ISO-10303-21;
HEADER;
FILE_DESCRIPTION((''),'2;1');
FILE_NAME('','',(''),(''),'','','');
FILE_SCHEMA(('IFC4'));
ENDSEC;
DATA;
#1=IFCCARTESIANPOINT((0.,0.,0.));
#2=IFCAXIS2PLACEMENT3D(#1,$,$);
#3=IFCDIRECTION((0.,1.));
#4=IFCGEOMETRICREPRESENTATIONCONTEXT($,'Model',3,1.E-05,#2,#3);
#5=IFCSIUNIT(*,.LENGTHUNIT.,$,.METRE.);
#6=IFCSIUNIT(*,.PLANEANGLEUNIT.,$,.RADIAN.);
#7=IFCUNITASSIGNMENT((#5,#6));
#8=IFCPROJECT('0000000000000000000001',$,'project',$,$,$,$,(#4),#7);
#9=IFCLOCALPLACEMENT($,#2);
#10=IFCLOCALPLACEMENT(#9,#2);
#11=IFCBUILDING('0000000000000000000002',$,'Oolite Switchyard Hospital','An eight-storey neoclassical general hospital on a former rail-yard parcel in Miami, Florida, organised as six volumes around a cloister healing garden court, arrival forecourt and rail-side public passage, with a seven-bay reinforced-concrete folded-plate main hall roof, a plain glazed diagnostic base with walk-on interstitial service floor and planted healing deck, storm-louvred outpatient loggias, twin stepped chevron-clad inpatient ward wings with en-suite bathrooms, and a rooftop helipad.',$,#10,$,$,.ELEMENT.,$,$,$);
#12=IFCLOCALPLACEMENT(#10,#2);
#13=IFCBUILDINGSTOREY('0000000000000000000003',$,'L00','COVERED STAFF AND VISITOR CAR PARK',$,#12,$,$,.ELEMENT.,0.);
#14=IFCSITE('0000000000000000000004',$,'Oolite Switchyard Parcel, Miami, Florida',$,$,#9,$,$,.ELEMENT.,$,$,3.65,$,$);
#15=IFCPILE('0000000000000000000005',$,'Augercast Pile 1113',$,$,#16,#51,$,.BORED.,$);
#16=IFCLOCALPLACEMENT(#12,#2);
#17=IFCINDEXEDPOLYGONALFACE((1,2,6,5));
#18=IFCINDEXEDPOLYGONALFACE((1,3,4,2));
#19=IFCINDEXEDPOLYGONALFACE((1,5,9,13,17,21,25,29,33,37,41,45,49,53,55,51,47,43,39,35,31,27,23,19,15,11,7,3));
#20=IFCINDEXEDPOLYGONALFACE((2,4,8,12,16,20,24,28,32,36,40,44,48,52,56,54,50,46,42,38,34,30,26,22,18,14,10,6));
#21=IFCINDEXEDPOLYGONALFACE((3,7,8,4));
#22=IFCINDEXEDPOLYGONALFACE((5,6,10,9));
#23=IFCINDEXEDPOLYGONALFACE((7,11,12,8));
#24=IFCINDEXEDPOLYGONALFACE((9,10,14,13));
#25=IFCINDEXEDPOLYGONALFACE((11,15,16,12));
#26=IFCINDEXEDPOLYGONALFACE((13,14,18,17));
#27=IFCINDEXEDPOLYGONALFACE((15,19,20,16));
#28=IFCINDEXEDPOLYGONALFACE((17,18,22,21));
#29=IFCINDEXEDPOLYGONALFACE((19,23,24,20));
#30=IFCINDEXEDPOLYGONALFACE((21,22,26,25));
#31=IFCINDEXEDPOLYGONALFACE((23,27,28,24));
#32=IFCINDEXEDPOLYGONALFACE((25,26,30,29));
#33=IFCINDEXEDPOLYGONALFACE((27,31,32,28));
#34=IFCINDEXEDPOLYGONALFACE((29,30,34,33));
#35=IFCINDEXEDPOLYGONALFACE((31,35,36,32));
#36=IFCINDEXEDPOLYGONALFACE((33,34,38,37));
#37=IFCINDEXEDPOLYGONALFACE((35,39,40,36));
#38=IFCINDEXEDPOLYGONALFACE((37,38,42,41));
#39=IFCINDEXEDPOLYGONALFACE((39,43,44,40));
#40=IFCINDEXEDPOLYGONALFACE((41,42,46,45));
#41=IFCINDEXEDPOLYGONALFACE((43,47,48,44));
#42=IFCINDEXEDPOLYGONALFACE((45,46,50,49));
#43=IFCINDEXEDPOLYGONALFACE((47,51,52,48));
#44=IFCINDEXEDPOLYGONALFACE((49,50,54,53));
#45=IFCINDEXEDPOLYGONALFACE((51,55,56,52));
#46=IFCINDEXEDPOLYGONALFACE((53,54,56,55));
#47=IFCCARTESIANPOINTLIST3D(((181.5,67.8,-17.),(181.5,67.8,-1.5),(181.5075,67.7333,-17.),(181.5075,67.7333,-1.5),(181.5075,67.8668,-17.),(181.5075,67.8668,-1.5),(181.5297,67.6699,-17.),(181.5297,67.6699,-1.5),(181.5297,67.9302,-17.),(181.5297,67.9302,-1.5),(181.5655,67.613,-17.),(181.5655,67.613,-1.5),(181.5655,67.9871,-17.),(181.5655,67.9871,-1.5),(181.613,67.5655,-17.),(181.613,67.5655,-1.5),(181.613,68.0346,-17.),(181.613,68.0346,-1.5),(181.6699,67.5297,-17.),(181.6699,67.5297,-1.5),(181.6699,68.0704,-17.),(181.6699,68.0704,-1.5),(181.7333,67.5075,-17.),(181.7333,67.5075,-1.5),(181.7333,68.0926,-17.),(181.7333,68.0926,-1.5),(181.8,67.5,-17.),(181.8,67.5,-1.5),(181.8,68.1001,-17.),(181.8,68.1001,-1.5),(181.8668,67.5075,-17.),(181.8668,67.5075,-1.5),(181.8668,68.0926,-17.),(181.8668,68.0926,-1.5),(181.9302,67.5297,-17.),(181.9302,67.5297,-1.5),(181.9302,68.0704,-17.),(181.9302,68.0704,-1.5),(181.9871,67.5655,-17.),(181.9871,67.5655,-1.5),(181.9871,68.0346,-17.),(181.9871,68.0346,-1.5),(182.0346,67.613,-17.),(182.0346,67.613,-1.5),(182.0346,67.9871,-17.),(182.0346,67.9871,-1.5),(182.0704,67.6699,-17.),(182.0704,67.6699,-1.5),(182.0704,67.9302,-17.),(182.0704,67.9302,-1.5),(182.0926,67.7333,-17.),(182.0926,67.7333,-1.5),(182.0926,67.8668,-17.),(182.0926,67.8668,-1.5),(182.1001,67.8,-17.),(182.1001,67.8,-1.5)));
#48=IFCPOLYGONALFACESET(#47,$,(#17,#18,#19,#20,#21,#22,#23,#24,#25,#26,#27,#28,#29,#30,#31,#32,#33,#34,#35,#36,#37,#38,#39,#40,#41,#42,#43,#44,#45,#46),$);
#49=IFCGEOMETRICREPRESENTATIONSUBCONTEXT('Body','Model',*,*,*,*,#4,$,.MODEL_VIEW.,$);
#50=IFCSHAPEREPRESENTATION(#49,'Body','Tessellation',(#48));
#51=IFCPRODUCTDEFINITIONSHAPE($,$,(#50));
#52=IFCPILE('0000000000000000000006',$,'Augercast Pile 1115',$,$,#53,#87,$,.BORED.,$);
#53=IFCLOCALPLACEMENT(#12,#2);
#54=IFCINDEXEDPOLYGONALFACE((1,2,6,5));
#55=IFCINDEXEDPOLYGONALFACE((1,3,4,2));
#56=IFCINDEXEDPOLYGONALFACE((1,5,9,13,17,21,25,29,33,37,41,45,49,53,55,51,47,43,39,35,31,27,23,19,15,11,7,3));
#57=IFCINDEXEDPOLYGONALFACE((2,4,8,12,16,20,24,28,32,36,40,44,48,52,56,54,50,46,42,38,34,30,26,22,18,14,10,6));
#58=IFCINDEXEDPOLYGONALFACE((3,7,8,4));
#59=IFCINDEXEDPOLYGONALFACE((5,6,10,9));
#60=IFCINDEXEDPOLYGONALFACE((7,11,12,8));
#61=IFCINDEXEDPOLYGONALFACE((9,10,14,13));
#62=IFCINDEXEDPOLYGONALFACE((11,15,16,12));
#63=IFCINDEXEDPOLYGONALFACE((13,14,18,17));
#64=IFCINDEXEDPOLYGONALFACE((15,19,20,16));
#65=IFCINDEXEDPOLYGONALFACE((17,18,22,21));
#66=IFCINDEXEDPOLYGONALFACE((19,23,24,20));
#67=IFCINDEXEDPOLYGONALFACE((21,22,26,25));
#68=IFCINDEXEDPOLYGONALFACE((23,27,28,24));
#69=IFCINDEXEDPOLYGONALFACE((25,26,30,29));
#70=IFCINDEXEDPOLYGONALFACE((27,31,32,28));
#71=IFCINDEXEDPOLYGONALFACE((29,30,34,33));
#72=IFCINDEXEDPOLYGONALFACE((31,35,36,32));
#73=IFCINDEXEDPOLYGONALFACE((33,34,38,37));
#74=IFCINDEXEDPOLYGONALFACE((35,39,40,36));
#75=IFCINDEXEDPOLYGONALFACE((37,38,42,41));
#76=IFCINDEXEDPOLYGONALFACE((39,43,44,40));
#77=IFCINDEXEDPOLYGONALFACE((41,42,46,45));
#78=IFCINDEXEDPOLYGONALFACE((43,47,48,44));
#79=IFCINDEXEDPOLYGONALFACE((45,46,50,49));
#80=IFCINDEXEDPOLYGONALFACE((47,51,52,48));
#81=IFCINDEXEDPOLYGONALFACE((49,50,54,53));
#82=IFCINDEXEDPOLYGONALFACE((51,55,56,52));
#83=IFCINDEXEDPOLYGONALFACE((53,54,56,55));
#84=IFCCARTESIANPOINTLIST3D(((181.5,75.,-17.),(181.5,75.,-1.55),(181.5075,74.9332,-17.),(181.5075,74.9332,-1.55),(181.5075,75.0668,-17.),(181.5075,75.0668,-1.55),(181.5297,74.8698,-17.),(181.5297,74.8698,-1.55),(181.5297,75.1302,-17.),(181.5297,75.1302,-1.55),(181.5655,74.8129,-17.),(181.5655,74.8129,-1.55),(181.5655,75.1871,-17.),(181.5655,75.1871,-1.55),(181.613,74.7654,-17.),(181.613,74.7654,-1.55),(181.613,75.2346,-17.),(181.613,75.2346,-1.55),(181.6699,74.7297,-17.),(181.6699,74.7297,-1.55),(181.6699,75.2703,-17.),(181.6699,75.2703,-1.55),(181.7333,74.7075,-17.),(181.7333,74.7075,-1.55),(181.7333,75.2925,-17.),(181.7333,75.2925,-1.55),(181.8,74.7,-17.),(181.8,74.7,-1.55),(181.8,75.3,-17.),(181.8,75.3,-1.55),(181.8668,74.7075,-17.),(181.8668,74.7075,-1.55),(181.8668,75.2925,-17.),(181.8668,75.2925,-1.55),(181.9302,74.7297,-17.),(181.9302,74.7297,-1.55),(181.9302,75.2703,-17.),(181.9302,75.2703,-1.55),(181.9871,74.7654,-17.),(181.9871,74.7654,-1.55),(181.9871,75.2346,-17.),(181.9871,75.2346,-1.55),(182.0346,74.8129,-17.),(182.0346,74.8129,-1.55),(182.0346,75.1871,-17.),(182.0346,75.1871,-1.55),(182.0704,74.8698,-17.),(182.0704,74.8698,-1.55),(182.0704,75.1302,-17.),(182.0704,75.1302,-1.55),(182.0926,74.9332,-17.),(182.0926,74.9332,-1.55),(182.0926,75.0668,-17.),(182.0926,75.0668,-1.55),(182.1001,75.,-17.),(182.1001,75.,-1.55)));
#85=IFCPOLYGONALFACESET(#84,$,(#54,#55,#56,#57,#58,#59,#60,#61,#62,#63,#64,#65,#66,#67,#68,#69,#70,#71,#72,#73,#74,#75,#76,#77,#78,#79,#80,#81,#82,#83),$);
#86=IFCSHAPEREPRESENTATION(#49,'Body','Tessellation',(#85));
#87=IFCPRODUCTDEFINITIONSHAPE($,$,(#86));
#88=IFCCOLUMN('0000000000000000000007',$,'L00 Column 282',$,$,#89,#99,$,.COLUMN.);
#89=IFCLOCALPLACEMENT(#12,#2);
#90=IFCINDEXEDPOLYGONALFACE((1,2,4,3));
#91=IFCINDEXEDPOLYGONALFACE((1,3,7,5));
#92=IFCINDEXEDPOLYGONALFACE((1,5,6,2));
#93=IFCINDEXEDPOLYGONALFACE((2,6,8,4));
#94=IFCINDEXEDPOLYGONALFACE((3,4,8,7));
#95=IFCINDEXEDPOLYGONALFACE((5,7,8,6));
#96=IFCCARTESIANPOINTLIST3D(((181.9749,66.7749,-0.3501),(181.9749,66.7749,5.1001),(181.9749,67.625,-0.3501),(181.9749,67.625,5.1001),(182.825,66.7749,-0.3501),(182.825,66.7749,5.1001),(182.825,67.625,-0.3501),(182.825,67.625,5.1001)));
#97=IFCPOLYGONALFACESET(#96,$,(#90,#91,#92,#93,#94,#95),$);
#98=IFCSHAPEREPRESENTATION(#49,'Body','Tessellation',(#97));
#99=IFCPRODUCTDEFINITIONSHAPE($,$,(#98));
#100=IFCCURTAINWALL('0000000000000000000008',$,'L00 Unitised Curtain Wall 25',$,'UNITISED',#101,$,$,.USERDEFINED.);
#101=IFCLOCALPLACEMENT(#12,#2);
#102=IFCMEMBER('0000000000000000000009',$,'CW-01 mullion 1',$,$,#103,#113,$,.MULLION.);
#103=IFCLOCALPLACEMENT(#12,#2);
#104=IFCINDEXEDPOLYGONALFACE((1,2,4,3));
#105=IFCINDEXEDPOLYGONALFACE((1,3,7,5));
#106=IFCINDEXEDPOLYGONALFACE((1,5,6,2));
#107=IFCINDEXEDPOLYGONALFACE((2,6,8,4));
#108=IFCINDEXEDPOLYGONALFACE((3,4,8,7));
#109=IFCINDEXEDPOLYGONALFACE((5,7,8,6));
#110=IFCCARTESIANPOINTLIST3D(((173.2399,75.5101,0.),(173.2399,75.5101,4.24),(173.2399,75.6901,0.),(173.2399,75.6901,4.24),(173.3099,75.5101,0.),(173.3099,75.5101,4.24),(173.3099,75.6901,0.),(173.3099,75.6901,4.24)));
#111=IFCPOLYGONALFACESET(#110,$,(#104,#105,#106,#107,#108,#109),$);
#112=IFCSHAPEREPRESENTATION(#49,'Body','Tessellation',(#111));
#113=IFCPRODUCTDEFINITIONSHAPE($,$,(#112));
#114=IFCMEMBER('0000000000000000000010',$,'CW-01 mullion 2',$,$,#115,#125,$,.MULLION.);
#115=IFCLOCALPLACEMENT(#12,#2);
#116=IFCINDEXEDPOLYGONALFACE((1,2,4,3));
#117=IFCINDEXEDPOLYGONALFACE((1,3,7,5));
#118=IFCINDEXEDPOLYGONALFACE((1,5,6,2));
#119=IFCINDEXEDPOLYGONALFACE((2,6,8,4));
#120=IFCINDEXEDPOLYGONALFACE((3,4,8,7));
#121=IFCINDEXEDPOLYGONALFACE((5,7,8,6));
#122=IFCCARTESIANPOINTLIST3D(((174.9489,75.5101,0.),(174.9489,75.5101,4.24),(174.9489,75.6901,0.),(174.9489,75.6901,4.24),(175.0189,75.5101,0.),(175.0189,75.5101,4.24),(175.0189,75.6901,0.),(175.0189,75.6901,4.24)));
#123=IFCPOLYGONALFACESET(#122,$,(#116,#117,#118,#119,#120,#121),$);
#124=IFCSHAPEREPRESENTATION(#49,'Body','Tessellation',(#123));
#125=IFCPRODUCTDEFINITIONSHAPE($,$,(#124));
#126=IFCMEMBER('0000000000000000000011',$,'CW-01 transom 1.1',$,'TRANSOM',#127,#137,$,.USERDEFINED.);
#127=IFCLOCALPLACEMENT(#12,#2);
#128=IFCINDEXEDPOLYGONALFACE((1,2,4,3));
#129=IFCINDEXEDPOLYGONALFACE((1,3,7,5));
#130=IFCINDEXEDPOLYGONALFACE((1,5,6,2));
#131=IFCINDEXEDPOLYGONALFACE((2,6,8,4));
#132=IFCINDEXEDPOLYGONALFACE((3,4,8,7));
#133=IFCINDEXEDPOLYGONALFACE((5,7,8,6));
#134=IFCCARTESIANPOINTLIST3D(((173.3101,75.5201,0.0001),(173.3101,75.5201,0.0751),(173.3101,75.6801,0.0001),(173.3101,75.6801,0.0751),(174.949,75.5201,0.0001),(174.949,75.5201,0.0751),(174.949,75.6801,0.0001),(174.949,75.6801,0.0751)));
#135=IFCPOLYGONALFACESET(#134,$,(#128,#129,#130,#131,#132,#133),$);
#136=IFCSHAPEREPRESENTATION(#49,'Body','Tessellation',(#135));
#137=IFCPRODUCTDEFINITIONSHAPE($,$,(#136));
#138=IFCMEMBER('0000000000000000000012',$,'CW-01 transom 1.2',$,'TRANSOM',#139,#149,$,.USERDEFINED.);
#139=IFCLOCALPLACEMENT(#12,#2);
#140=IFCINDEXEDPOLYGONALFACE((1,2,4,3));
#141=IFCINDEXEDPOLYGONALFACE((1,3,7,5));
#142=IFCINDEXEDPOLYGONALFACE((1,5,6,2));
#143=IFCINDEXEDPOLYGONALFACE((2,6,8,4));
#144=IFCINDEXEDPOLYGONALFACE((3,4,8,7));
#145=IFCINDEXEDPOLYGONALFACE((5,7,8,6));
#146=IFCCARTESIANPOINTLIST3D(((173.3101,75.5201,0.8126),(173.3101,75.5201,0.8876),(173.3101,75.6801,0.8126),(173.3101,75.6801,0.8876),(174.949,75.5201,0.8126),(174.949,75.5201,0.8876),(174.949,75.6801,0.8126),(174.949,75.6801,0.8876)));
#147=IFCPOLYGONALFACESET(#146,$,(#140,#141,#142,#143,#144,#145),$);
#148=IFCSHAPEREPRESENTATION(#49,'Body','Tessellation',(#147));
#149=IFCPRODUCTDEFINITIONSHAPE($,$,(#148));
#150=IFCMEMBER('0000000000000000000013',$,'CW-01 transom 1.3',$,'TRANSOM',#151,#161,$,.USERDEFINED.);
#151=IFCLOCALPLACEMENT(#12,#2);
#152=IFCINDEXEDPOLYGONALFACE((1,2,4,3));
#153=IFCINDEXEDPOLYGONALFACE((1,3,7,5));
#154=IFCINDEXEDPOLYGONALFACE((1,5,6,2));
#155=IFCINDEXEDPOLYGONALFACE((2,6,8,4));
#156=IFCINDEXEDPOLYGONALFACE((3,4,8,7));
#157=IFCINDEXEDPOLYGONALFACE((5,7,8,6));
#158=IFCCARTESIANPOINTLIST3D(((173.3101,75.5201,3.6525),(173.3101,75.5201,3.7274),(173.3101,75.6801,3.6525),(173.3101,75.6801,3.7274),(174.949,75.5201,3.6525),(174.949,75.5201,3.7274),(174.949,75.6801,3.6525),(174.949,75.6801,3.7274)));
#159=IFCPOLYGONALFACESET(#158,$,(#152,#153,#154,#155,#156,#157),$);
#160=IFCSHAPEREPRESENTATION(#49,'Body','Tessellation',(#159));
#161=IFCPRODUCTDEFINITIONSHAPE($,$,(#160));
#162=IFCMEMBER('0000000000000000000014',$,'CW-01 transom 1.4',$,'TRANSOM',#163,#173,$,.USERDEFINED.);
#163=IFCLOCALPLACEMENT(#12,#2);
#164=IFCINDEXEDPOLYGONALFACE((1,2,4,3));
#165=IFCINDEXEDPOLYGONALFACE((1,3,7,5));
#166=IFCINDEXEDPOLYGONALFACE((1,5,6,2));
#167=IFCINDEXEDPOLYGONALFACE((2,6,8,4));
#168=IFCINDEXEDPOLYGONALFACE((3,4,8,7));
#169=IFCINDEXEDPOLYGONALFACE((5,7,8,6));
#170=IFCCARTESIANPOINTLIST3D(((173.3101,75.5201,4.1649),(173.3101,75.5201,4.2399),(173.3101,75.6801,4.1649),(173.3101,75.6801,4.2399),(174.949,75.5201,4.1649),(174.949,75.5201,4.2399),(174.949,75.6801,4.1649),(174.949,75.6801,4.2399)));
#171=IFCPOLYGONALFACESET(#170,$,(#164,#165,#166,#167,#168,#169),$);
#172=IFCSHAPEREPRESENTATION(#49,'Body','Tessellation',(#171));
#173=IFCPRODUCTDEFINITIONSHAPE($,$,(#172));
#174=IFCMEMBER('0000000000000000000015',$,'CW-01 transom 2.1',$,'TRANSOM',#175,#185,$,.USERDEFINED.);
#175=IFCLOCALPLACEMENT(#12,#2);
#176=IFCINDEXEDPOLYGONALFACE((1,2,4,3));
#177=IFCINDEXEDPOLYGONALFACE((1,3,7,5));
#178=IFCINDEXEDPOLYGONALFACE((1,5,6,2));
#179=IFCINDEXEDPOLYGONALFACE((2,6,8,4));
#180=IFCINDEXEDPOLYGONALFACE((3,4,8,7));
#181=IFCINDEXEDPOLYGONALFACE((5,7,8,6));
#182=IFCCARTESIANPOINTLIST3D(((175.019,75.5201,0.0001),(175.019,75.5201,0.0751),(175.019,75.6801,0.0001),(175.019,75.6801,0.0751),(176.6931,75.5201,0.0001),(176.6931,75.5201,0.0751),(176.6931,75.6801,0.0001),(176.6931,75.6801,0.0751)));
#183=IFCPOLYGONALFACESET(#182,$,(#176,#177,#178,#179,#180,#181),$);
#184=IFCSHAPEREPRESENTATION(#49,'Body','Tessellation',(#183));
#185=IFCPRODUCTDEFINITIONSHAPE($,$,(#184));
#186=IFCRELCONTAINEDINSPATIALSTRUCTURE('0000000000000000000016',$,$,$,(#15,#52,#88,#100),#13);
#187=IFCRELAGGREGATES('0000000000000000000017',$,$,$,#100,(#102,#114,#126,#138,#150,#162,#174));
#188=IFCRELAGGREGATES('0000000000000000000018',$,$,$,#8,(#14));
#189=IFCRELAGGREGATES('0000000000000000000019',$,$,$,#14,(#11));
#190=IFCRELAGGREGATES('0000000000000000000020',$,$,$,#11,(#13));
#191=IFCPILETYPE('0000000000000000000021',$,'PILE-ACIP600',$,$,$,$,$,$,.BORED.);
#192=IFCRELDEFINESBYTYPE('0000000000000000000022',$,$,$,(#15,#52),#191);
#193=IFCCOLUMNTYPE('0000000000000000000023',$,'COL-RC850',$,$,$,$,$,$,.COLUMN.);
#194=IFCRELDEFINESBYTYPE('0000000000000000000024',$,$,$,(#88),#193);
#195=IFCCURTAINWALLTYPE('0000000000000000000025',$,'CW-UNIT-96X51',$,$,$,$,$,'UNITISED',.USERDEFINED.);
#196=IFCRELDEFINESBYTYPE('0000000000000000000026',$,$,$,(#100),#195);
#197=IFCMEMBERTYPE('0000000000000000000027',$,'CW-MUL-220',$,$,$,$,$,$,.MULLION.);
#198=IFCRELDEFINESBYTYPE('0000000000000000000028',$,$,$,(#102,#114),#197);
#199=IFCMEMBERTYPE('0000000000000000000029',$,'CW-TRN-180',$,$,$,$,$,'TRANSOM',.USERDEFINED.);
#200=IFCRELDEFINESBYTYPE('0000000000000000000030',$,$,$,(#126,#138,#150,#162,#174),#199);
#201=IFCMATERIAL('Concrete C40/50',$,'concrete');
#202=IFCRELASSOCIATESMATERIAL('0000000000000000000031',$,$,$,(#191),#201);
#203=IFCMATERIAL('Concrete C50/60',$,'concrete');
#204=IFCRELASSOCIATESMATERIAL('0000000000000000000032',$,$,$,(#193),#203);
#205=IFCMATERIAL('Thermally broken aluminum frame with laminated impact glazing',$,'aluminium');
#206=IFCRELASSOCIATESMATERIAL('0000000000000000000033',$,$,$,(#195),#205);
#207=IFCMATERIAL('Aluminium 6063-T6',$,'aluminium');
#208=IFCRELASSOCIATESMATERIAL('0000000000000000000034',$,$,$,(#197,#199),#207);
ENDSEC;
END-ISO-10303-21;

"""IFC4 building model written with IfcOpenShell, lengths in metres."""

from ifc_helpers import new_model, si_unit, direction, frame, origin, origin_2d, place, context, subcontext, project, spatial, rectangle, circle, extrude, material, material_profile, profile_set, type_object, element, aggregate, save


model = new_model("IFC4")

# Units and contexts
model_context = context("Model", 3, precision=1e-05, world=origin(), true_north=direction((0.0, 1.0)))
body_context = subcontext(model_context, "Body", "Model", "MODEL_VIEW")
ifc_project = project(units=[si_unit("LENGTHUNIT", "METRE"), si_unit("PLANEANGLEUNIT", "RADIAN")], contexts=[model_context])

# Site, building, storey
site_placement = place(None, origin())
site = spatial("IfcSite", under=ifc_project, at=site_placement, Name="Oolite Switchyard Parcel, Miami, Florida", CompositionType="ELEMENT", RefElevation=3.65)
building_placement = place(site_placement, origin())
building = spatial("IfcBuilding", under=site, at=building_placement, Name="Oolite Switchyard Hospital", Description="An eight-storey neoclassical general hospital on a former rail-yard parcel in Miami, Florida, organised as six volumes around a cloister healing garden court, arrival forecourt and rail-side public passage, with a seven-bay reinforced-concrete folded-plate main hall roof, a plain glazed diagnostic base with walk-on interstitial service floor and planted healing deck, storm-louvred outpatient loggias, twin stepped chevron-clad inpatient ward wings with en-suite bathrooms, and a rooftop helipad.", CompositionType="ELEMENT")
storey_placement = place(building_placement, origin())
storey = spatial("IfcBuildingStorey", under=building, at=storey_placement, Name="L00", Description="COVERED STAFF AND VISITOR CAR PARK", CompositionType="ELEMENT", Elevation=0.0)

# Shared definitions
ifc_material_1 = material(Name="Concrete C40/50", Category="concrete")

# Piles
ifc_material_profile_1 = material_profile(ifc_material_1, circle(Radius=0.3, at=origin_2d()), Name="PILE600")
ifc_profile_set_1 = profile_set([ifc_material_profile_1], Name="Concrete C40/50")
pile_type = type_object("IfcPileType", Name="PILE-ACIP600", PredefinedType="BORED", material=ifc_profile_set_1)
for number, where, z_axis, x_axis, name in (
    (1, (181.8, 67.8, -1.5), (0.0, 0.0, -1.0), (1.0, 0.0, 0.0), "Augercast Pile 1113"),
):
    element("IfcPile", number, at=place(storey_placement, frame(where, z_axis=z_axis, x_axis=x_axis)), inside=storey, type_object=pile_type, Name=name, PredefinedType="BORED", context=body_context, shape_type="SweptSolid", body=[
        extrude(circle(Radius=0.3, at=origin_2d()), origin(), (0.0, 0.0, 1.0), 15.5),
    ])
pile_1_placement = place(storey_placement, frame((181.8, 75.0, -1.55), z_axis=(0.0, 0.0, -1.0), x_axis=(1.0, 0.0, 0.0)))
element("IfcPile", 2, at=pile_1_placement, inside=storey, type_object=pile_type, Name="Augercast Pile 1115", PredefinedType="BORED", context=body_context, shape_type="SweptSolid", body=[
    extrude(circle(Radius=0.3, at=origin_2d()), origin(), (0.0, 0.0, 1.0), 15.45),
])

# Column
ifc_material_2 = material(Name="Concrete C50/60", Category="concrete")
ifc_material_profile_2 = material_profile(ifc_material_2, rectangle(XDim=0.8501, YDim=0.8501, at=origin_2d()), Name="RC850X850")
ifc_profile_set_2 = profile_set([ifc_material_profile_2], Name="Concrete C50/60")
column_type = type_object("IfcColumnType", Name="COL-RC850", PredefinedType="COLUMN", material=ifc_profile_set_2)
column_placement = place(storey_placement, frame((182.3999, 67.2, -0.3501), z_axis=(0.0, 0.0, 1.0), x_axis=(1.0, 0.0, 0.0)))
element("IfcColumn", 3, at=column_placement, inside=storey, type_object=column_type, Name="L00 Column 282", PredefinedType="COLUMN", context=body_context, shape_type="SweptSolid", body=[
    extrude(rectangle(XDim=0.8501, YDim=0.8501, at=origin_2d()), origin(), (0.0, 0.0, 1.0), 5.4502),
])

# Curtain wall, members
ifc_material_3 = material(Name="Thermally broken aluminum frame with laminated impact glazing", Category="aluminium")
curtain_wall_type = type_object("IfcCurtainWallType", Name="CW-UNIT-96X51", ElementType="UNITISED", PredefinedType="USERDEFINED", material=ifc_material_3)
curtain_wall_placement = place(storey_placement, origin())
curtain_wall = element("IfcCurtainWall", 4, at=curtain_wall_placement, inside=storey, type_object=curtain_wall_type, Name="L00 Unitised Curtain Wall 25", ObjectType="UNITISED", PredefinedType="USERDEFINED")
ifc_material_4 = material(Name="Aluminium 6063-T6", Category="aluminium")
ifc_material_profile_3 = material_profile(ifc_material_4, rectangle(XDim=0.1799, YDim=0.0701, at=origin_2d()), Name="CWM70X180")
ifc_profile_set_3 = profile_set([ifc_material_profile_3], Name="Aluminium 6063-T6")
member_type_1 = type_object("IfcMemberType", Name="CW-MUL-220", PredefinedType="MULLION", material=ifc_profile_set_3)
member_1_placement = place(storey_placement, frame((173.2749, 75.6001, 0.0), z_axis=(0.0, 0.0, 1.0), x_axis=(0.0, 1.0, 0.0)))
member_1 = element("IfcMember", 5, at=member_1_placement, type_object=member_type_1, Name="CW-01 mullion 1", PredefinedType="MULLION", context=body_context, shape_type="SweptSolid", body=[
    extrude(rectangle(XDim=0.1799, YDim=0.0701, at=origin_2d()), origin(), (0.0, 0.0, 1.0), 4.24),
])
member_2_placement = place(storey_placement, frame((174.9839, 75.6001, 0.0), z_axis=(0.0, 0.0, 1.0), x_axis=(0.0, 1.0, 0.0)))
member_2 = element("IfcMember", 6, at=member_2_placement, type_object=member_type_1, Name="CW-01 mullion 2", PredefinedType="MULLION", context=body_context, shape_type="SweptSolid", body=[
    extrude(rectangle(XDim=0.1799, YDim=0.0701, at=origin_2d()), origin(), (0.0, 0.0, 1.0), 4.24),
])
ifc_material_profile_4 = material_profile(ifc_material_4, rectangle(XDim=0.1599, YDim=0.075, at=origin_2d()), Name="CWT75X160")
ifc_profile_set_4 = profile_set([ifc_material_profile_4], Name="Aluminium 6063-T6")
member_type_2 = type_object("IfcMemberType", Name="CW-TRN-180", ElementType="TRANSOM", PredefinedType="USERDEFINED", material=ifc_profile_set_4)
member_3_placement = place(storey_placement, frame((173.3101, 75.6001, 0.0376), z_axis=(1.0, 0.0, 0.0), x_axis=(0.0, 1.0, 0.0)))
member_3 = element("IfcMember", 7, at=member_3_placement, type_object=member_type_2, Name="CW-01 transom 1.1", ObjectType="TRANSOM", PredefinedType="USERDEFINED", context=body_context, shape_type="SweptSolid", body=[
    extrude(rectangle(XDim=0.1599, YDim=0.075, at=origin_2d()), origin(), (0.0, 0.0, 1.0), 1.6389),
])
member_4_placement = place(storey_placement, frame((173.3101, 75.6001, 0.8501), z_axis=(1.0, 0.0, 0.0), x_axis=(0.0, 1.0, 0.0)))
member_4 = element("IfcMember", 8, at=member_4_placement, type_object=member_type_2, Name="CW-01 transom 1.2", ObjectType="TRANSOM", PredefinedType="USERDEFINED", context=body_context, shape_type="SweptSolid", body=[
    extrude(rectangle(XDim=0.1599, YDim=0.075, at=origin_2d()), origin(), (0.0, 0.0, 1.0), 1.6389),
])
member_5_placement = place(storey_placement, frame((173.3101, 75.6001, 3.6899), z_axis=(1.0, 0.0, 0.0), x_axis=(0.0, 1.0, 0.0)))
member_5 = element("IfcMember", 9, at=member_5_placement, type_object=member_type_2, Name="CW-01 transom 1.3", ObjectType="TRANSOM", PredefinedType="USERDEFINED", context=body_context, shape_type="SweptSolid", body=[
    extrude(rectangle(XDim=0.1599, YDim=0.075, at=origin_2d()), origin(), (0.0, 0.0, 1.0), 1.6389),
])
member_6_placement = place(storey_placement, frame((173.3101, 75.6001, 4.2024), z_axis=(1.0, 0.0, 0.0), x_axis=(0.0, 1.0, 0.0)))
member_6 = element("IfcMember", 10, at=member_6_placement, type_object=member_type_2, Name="CW-01 transom 1.4", ObjectType="TRANSOM", PredefinedType="USERDEFINED", context=body_context, shape_type="SweptSolid", body=[
    extrude(rectangle(XDim=0.1599, YDim=0.075, at=origin_2d()), origin(), (0.0, 0.0, 1.0), 1.6389),
])
member_7_placement = place(storey_placement, frame((175.019, 75.6001, 0.0376), z_axis=(1.0, 0.0, 0.0), x_axis=(0.0, 1.0, 0.0)))
member_7 = element("IfcMember", 11, at=member_7_placement, type_object=member_type_2, Name="CW-01 transom 2.1", ObjectType="TRANSOM", PredefinedType="USERDEFINED", context=body_context, shape_type="SweptSolid", body=[
    extrude(rectangle(XDim=0.1599, YDim=0.075, at=origin_2d()), origin(), (0.0, 0.0, 1.0), 1.6741),
])
aggregate(curtain_wall, [member_1, member_2, member_3, member_4, member_5, member_6, member_7])

save(model, "model.ifc")
